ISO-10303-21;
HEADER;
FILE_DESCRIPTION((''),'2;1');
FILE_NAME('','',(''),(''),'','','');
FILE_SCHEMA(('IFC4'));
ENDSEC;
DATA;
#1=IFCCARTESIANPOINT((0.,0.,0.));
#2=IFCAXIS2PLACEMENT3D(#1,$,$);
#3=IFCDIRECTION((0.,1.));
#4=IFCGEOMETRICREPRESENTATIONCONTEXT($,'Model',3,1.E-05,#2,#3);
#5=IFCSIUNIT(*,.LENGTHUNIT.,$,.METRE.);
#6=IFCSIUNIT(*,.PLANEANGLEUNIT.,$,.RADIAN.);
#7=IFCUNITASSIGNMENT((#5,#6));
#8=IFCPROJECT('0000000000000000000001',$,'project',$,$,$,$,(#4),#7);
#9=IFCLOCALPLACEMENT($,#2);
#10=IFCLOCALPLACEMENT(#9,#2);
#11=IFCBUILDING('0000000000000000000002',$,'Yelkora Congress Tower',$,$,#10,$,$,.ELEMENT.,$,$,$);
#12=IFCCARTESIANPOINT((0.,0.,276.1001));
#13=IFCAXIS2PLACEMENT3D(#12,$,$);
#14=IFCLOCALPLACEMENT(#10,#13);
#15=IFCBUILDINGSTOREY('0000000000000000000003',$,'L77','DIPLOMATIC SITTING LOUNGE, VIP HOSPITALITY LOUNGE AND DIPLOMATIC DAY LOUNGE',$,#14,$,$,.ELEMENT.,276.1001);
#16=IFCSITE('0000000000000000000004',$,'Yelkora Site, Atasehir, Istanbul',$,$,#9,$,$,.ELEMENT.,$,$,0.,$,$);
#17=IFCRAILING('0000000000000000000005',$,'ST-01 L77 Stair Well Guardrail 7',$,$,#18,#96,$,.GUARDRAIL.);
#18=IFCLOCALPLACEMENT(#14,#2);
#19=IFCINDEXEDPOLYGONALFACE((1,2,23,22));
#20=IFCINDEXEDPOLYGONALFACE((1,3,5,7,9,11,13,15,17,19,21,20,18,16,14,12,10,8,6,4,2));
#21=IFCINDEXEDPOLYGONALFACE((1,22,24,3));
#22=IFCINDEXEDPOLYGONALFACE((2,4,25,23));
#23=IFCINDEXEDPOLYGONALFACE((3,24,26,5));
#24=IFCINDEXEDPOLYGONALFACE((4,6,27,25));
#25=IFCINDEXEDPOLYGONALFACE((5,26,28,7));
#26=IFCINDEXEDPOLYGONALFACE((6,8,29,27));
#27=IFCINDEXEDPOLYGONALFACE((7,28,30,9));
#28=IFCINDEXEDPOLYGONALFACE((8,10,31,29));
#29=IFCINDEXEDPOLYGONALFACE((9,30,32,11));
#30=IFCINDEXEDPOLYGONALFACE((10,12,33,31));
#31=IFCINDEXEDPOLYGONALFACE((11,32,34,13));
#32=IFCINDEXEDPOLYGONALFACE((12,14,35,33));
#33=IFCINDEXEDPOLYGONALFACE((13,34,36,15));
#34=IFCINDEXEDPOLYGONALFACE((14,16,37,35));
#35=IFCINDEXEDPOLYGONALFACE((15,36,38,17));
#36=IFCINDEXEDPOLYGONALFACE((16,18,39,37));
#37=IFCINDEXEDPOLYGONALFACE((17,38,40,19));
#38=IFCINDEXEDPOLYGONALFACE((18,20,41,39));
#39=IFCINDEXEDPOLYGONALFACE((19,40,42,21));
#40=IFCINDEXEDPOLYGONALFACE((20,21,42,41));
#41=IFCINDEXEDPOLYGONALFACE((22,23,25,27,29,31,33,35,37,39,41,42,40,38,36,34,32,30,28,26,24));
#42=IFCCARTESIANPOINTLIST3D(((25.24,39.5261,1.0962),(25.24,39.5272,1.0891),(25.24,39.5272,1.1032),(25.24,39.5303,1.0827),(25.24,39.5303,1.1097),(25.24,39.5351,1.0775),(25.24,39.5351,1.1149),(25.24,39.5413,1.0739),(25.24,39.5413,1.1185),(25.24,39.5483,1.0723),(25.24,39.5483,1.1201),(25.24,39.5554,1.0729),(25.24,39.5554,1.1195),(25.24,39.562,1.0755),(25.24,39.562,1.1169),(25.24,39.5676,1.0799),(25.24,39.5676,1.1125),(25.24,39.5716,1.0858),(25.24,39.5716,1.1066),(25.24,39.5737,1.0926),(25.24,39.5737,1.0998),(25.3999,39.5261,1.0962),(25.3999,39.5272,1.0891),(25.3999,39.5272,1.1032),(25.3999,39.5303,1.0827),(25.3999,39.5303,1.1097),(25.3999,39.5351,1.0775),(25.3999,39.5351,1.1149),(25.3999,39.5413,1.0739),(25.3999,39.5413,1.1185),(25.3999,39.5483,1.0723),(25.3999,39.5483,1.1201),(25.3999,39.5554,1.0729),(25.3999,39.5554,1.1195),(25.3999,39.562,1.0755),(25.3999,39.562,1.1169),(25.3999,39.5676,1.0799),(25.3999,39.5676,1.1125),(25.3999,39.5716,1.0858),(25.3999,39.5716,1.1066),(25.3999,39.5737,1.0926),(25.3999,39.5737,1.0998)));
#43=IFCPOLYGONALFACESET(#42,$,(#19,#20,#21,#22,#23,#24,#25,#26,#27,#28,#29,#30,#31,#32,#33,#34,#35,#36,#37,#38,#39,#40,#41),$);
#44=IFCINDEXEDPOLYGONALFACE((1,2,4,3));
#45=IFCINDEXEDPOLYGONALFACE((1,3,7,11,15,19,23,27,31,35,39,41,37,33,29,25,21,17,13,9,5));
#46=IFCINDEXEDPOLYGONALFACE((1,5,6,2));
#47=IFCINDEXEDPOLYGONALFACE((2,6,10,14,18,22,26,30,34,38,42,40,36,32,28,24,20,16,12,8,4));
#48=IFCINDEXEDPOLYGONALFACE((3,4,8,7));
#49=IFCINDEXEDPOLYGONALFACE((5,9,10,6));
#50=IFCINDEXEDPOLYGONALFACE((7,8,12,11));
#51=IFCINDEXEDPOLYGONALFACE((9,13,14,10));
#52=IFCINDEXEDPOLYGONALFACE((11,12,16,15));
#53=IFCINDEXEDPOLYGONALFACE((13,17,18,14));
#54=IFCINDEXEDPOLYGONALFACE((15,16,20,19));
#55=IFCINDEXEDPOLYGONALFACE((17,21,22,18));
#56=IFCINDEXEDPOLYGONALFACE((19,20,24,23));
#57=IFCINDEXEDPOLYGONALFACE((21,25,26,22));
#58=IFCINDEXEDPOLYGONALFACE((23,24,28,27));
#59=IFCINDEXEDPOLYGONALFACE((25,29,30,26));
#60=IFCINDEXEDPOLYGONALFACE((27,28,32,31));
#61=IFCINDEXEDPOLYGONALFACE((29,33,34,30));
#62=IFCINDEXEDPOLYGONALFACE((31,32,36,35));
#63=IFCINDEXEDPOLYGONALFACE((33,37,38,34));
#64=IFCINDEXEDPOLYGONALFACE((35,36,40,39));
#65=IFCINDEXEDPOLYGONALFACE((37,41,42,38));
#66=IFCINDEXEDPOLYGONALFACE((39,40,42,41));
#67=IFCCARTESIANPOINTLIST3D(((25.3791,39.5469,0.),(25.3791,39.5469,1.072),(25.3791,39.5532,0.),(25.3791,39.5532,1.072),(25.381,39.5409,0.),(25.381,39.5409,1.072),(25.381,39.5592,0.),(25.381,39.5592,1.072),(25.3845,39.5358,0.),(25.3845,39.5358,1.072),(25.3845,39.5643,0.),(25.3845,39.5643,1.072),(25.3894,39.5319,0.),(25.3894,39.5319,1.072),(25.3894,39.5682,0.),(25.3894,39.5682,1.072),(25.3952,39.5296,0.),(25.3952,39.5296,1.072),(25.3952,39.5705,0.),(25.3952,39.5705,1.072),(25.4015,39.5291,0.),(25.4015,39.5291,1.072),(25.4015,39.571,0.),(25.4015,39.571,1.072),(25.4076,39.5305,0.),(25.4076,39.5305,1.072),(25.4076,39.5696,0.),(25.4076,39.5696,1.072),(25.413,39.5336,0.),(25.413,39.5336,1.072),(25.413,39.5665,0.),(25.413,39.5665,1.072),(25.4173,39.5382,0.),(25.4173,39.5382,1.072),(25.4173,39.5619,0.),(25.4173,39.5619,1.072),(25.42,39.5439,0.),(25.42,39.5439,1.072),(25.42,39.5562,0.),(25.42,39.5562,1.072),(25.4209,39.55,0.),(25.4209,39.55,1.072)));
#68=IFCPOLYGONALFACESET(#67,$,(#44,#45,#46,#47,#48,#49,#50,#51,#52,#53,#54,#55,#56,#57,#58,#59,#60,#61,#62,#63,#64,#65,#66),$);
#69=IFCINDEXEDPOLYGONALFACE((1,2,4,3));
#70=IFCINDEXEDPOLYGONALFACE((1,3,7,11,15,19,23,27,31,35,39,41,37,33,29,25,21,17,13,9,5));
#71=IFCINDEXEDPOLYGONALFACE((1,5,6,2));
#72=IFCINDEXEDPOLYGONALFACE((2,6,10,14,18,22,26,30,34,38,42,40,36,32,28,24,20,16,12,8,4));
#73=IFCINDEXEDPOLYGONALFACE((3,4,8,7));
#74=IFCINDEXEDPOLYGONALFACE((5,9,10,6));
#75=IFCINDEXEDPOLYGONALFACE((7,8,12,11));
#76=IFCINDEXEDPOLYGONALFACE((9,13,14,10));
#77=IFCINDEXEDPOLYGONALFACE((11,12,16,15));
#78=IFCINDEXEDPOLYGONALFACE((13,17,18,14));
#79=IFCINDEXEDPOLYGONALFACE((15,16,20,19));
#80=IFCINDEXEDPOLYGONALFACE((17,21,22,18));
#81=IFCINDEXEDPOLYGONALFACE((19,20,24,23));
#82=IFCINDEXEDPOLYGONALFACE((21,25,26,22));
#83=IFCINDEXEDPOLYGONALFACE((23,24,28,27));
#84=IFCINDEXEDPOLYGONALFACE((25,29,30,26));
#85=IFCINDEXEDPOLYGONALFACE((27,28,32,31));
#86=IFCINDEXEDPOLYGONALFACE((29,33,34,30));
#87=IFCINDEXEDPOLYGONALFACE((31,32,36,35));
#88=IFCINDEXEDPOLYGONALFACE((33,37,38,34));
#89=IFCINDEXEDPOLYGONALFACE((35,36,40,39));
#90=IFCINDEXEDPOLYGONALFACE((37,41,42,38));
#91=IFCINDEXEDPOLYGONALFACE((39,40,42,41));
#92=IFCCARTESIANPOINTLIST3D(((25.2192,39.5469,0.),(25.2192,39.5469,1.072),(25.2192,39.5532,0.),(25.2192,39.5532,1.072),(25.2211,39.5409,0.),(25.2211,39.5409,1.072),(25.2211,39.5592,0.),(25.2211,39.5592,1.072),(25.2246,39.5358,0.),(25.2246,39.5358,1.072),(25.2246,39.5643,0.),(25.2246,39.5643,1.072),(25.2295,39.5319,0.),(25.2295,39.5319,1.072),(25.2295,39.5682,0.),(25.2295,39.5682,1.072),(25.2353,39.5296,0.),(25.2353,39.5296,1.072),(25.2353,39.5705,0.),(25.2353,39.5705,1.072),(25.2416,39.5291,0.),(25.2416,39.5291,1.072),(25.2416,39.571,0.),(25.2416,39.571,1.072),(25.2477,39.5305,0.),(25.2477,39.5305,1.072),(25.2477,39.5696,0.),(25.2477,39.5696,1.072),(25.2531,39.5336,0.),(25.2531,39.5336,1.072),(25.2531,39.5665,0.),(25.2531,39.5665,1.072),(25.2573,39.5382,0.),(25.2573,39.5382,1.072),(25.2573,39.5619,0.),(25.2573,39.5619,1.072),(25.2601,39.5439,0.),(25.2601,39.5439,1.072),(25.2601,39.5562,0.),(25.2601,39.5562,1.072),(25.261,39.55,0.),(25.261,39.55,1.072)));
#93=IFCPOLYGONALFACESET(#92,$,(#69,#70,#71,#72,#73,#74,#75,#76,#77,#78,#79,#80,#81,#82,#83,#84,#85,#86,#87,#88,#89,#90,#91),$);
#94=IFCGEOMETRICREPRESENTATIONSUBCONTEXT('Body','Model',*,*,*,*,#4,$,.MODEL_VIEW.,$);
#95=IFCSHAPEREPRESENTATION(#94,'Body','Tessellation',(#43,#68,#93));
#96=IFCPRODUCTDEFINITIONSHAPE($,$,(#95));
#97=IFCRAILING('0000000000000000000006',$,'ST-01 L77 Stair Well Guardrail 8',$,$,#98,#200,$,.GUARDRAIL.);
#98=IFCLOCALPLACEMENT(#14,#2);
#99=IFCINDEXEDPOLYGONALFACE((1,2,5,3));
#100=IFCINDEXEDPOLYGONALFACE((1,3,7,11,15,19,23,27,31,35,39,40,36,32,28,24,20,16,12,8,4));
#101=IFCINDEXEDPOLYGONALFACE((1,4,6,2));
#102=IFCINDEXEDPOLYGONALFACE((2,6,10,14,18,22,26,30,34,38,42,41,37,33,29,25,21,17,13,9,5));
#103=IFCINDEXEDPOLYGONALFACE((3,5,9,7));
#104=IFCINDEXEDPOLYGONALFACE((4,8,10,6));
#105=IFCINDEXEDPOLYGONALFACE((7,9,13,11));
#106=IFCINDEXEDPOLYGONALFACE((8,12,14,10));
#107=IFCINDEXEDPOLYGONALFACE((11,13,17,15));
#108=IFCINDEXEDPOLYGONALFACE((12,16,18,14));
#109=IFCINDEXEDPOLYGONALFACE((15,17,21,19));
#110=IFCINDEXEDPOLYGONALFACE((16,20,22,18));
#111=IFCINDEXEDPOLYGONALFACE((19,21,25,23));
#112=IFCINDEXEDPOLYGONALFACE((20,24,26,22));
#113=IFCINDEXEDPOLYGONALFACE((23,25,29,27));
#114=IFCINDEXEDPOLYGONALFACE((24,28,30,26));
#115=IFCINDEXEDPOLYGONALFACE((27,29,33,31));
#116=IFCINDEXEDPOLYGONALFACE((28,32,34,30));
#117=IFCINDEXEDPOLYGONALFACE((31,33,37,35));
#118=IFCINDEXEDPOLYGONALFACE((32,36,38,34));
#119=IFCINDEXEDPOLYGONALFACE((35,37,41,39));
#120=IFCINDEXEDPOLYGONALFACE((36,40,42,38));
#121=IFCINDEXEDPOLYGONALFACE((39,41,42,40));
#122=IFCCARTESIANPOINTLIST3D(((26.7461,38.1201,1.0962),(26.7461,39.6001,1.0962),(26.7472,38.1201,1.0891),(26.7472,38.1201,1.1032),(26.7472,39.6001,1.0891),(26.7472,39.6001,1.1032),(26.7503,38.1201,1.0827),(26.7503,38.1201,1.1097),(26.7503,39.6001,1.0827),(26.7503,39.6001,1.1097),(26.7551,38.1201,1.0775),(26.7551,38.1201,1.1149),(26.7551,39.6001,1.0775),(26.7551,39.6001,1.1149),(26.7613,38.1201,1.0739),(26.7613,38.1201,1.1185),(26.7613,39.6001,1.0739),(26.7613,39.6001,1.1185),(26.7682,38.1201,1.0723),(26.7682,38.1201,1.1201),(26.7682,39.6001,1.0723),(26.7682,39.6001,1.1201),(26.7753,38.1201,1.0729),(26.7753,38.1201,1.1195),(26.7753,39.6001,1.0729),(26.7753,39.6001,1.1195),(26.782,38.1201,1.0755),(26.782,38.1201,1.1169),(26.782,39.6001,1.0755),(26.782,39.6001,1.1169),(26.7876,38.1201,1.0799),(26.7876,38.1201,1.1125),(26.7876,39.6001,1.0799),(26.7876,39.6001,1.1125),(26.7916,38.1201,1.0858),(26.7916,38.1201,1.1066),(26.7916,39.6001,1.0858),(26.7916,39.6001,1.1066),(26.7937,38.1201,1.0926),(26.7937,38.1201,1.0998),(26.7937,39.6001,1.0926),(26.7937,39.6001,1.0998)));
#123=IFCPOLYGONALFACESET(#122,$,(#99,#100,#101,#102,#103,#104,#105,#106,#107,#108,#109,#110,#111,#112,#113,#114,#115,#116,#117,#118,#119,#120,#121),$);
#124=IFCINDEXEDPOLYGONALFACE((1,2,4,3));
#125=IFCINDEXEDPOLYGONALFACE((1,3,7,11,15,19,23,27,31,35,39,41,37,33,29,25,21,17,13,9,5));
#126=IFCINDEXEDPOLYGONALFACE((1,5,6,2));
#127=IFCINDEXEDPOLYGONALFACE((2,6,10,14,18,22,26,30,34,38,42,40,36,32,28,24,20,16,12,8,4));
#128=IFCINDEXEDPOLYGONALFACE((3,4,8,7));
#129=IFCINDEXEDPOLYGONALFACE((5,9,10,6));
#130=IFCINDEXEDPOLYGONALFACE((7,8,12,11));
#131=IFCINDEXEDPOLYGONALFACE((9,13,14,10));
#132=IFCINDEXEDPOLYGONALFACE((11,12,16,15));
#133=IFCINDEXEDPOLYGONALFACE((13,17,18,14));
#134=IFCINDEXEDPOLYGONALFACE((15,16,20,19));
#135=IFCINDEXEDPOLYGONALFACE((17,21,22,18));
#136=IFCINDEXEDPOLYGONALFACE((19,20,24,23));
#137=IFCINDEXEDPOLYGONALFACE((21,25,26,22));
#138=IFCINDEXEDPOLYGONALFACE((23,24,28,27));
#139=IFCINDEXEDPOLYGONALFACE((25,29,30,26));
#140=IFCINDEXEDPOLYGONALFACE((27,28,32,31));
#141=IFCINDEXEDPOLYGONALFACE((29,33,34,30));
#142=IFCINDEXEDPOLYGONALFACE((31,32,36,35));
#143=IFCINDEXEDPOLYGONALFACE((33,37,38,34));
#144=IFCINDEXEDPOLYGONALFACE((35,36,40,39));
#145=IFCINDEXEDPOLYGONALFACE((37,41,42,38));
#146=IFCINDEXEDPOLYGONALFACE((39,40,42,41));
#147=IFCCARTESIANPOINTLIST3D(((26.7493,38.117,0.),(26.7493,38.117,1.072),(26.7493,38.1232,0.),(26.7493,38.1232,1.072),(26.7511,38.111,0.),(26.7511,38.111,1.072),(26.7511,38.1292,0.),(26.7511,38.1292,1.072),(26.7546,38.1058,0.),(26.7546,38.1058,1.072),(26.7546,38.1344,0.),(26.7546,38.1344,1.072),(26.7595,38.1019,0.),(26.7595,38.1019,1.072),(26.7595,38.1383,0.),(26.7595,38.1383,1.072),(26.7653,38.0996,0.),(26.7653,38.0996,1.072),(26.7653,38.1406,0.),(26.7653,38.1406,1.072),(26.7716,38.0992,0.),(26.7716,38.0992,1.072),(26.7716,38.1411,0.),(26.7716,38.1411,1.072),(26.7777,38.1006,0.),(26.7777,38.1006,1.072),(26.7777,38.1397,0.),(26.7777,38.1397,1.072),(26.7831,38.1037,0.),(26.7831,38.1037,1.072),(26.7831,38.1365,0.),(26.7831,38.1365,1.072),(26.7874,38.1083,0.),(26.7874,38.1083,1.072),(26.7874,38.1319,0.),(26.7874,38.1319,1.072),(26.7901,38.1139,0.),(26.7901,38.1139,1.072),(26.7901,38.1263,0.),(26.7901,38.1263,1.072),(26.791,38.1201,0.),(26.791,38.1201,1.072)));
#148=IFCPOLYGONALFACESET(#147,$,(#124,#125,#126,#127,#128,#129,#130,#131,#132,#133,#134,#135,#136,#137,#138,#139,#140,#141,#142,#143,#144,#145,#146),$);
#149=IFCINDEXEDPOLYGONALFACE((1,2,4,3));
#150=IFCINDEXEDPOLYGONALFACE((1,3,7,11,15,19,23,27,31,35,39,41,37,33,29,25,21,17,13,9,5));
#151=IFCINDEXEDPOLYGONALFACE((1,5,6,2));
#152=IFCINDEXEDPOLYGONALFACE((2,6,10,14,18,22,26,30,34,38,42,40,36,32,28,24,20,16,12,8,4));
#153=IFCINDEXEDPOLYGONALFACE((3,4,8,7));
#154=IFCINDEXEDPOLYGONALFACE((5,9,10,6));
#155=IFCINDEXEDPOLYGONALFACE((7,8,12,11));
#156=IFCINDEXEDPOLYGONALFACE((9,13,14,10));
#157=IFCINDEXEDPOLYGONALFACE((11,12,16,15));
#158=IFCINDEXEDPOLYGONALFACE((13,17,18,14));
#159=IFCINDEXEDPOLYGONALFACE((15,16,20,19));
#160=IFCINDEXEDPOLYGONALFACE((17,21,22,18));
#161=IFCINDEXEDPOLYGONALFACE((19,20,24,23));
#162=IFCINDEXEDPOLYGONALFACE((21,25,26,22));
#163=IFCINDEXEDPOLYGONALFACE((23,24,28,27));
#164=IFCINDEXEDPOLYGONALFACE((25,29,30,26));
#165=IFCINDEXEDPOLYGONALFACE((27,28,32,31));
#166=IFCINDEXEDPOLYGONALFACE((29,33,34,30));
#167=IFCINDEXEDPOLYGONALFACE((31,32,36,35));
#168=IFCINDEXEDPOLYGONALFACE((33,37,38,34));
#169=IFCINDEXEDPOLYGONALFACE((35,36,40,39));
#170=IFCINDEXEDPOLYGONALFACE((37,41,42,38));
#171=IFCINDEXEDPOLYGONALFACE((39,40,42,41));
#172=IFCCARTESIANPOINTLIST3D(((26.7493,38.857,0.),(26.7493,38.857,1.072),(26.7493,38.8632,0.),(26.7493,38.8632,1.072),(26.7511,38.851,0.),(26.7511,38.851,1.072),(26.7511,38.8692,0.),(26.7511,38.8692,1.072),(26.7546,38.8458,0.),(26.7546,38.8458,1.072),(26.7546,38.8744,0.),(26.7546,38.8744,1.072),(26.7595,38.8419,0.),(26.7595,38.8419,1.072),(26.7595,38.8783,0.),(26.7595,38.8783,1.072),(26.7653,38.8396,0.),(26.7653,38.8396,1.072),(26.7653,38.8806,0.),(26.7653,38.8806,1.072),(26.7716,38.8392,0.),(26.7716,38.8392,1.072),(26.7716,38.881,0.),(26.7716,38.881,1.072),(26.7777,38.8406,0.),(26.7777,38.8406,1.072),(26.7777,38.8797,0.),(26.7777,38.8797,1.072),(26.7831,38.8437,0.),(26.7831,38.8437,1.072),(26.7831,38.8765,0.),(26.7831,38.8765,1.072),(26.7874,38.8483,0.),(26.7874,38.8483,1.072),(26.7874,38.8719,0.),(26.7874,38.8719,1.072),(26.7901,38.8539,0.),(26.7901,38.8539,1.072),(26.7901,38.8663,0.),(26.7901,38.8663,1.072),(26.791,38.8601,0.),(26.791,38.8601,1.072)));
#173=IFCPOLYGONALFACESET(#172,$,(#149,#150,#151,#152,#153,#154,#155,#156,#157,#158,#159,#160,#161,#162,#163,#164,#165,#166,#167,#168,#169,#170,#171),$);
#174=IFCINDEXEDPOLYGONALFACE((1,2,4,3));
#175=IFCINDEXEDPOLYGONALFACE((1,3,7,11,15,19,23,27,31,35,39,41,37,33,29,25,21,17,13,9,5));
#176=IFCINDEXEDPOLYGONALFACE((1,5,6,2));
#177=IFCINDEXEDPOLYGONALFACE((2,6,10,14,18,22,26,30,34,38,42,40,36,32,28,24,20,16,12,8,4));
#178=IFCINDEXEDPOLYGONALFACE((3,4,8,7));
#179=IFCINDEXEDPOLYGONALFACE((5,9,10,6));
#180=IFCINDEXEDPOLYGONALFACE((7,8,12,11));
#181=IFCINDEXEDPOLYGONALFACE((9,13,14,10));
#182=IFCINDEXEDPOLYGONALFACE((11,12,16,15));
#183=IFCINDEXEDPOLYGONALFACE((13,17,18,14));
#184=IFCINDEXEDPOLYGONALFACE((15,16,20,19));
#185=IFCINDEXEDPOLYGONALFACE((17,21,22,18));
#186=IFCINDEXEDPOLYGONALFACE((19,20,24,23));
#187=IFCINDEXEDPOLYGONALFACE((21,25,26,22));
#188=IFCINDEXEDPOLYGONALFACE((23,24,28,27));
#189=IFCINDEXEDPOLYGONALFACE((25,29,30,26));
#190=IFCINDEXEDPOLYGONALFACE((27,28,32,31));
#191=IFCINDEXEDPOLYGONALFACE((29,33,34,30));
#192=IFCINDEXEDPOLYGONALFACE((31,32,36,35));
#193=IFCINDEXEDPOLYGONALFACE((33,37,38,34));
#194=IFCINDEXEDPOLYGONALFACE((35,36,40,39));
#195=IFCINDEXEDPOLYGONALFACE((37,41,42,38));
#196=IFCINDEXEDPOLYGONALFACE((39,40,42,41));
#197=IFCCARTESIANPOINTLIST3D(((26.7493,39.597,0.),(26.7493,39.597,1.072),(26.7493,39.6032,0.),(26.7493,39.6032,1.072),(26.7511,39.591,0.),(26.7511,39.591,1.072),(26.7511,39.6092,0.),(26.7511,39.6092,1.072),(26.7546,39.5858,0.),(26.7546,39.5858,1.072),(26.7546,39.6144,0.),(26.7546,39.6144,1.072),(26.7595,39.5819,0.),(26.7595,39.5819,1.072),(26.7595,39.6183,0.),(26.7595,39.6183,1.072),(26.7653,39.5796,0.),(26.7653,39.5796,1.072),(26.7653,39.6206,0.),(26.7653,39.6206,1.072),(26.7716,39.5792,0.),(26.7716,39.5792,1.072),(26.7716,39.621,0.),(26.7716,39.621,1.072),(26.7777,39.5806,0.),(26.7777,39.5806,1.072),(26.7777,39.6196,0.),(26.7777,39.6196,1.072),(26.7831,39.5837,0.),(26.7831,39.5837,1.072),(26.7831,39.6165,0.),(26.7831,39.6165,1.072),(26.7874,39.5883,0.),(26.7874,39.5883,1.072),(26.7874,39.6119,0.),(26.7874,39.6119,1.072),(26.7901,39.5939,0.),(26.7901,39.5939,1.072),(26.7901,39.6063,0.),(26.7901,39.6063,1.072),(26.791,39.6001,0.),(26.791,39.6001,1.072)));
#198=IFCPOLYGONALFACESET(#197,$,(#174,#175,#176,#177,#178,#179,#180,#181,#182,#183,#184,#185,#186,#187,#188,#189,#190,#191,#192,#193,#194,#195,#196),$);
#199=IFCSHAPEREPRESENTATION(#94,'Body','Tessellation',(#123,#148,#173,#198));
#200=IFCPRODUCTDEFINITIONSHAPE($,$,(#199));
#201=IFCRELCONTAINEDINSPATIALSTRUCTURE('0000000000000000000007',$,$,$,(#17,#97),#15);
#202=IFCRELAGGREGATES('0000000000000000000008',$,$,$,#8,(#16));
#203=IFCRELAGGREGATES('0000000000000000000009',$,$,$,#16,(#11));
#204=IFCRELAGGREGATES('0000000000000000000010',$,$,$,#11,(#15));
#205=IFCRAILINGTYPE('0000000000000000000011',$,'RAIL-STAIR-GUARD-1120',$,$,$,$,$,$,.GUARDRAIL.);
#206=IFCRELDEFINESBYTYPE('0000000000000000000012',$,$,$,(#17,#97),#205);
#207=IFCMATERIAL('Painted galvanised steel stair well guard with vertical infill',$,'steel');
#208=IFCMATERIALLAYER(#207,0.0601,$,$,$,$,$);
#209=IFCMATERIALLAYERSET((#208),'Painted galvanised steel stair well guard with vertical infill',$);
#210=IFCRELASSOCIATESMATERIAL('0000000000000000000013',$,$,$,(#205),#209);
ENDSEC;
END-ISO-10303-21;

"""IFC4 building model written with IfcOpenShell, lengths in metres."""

from ifc_helpers import new_model, si_unit, direction, frame, origin, origin_2d, place, context, subcontext, project, spatial, circle, extrude, material, layer, layer_set, type_object, element, save


model = new_model("IFC4")

# Units and contexts
model_context = context("Model", 3, precision=1e-05, world=origin(), true_north=direction((0.0, 1.0)))
body_context = subcontext(model_context, "Body", "Model", "MODEL_VIEW")
ifc_project = project(units=[si_unit("LENGTHUNIT", "METRE"), si_unit("PLANEANGLEUNIT", "RADIAN")], contexts=[model_context])

# Site, building, storey
site_placement = place(None, origin())
site = spatial("IfcSite", under=ifc_project, at=site_placement, Name="Yelkora Site, Atasehir, Istanbul", CompositionType="ELEMENT", RefElevation=0.0)
building_placement = place(site_placement, origin())
building = spatial("IfcBuilding", under=site, at=building_placement, Name="Yelkora Congress Tower", CompositionType="ELEMENT")
storey_placement = place(building_placement, frame((0.0, 0.0, 276.1001)))
storey = spatial("IfcBuildingStorey", under=building, at=storey_placement, Name="L77", Description="DIPLOMATIC SITTING LOUNGE, VIP HOSPITALITY LOUNGE AND DIPLOMATIC DAY LOUNGE", CompositionType="ELEMENT", Elevation=276.1001)

# Railings
ifc_material_1 = material(Name="Painted galvanised steel stair well guard with vertical infill", Category="steel")
ifc_layer_1 = layer(ifc_material_1, 0.0601)
ifc_layer_set_1 = layer_set([ifc_layer_1], Name="Painted galvanised steel stair well guard with vertical infill")
railing_type_1 = type_object("IfcRailingType", Name="RAIL-STAIR-GUARD-1120", PredefinedType="GUARDRAIL", material=ifc_layer_set_1)
railing_1_placement = place(storey_placement, frame((25.3999, 39.55, 0.0)))
element("IfcRailing", 1, at=railing_1_placement, inside=storey, type_object=railing_type_1, Name="ST-01 L77 Stair Well Guardrail 7", PredefinedType="GUARDRAIL", context=body_context, shape_type="SweptSolid", body=[
    extrude(circle(Radius=0.0239, at=origin_2d()), frame((0.0, 0.0, 1.0962), z_axis=(-1.0, 0.0, 0.0), x_axis=(0.0, -1.0, 0.0)), (0.0, 0.0, 1.0), 0.1599),
    extrude(circle(Radius=0.021, at=origin_2d()), origin(), (0.0, 0.0, 1.0), 1.072),
    extrude(circle(Radius=0.021, at=origin_2d()), frame((-0.1599, 0.0, 0.0)), (0.0, 0.0, 1.0), 1.072),
])
for number, where, name in (
    (2, (26.77, 38.1201, 0.0), "ST-01 L77 Stair Well Guardrail 8"),
):
    element("IfcRailing", number, at=place(storey_placement, frame(where)), inside=storey, type_object=railing_type_1, Name=name, PredefinedType="GUARDRAIL", context=body_context, shape_type="SweptSolid", body=[
        extrude(circle(Radius=0.0239, at=origin_2d()), frame((0.0, 0.0, 1.0962), z_axis=(0.0, 1.0, 0.0), x_axis=(-1.0, 0.0, 0.0)), (0.0, 0.0, 1.0), 1.48),
        extrude(circle(Radius=0.021, at=origin_2d()), origin(), (0.0, 0.0, 1.0), 1.072),
        extrude(circle(Radius=0.021, at=origin_2d()), frame((0.0, 0.74, 0.0)), (0.0, 0.0, 1.0), 1.072),
        extrude(circle(Radius=0.021, at=origin_2d()), frame((0.0, 1.48, 0.0)), (0.0, 0.0, 1.0), 1.072),
    ])

save(model, "model.ifc")
